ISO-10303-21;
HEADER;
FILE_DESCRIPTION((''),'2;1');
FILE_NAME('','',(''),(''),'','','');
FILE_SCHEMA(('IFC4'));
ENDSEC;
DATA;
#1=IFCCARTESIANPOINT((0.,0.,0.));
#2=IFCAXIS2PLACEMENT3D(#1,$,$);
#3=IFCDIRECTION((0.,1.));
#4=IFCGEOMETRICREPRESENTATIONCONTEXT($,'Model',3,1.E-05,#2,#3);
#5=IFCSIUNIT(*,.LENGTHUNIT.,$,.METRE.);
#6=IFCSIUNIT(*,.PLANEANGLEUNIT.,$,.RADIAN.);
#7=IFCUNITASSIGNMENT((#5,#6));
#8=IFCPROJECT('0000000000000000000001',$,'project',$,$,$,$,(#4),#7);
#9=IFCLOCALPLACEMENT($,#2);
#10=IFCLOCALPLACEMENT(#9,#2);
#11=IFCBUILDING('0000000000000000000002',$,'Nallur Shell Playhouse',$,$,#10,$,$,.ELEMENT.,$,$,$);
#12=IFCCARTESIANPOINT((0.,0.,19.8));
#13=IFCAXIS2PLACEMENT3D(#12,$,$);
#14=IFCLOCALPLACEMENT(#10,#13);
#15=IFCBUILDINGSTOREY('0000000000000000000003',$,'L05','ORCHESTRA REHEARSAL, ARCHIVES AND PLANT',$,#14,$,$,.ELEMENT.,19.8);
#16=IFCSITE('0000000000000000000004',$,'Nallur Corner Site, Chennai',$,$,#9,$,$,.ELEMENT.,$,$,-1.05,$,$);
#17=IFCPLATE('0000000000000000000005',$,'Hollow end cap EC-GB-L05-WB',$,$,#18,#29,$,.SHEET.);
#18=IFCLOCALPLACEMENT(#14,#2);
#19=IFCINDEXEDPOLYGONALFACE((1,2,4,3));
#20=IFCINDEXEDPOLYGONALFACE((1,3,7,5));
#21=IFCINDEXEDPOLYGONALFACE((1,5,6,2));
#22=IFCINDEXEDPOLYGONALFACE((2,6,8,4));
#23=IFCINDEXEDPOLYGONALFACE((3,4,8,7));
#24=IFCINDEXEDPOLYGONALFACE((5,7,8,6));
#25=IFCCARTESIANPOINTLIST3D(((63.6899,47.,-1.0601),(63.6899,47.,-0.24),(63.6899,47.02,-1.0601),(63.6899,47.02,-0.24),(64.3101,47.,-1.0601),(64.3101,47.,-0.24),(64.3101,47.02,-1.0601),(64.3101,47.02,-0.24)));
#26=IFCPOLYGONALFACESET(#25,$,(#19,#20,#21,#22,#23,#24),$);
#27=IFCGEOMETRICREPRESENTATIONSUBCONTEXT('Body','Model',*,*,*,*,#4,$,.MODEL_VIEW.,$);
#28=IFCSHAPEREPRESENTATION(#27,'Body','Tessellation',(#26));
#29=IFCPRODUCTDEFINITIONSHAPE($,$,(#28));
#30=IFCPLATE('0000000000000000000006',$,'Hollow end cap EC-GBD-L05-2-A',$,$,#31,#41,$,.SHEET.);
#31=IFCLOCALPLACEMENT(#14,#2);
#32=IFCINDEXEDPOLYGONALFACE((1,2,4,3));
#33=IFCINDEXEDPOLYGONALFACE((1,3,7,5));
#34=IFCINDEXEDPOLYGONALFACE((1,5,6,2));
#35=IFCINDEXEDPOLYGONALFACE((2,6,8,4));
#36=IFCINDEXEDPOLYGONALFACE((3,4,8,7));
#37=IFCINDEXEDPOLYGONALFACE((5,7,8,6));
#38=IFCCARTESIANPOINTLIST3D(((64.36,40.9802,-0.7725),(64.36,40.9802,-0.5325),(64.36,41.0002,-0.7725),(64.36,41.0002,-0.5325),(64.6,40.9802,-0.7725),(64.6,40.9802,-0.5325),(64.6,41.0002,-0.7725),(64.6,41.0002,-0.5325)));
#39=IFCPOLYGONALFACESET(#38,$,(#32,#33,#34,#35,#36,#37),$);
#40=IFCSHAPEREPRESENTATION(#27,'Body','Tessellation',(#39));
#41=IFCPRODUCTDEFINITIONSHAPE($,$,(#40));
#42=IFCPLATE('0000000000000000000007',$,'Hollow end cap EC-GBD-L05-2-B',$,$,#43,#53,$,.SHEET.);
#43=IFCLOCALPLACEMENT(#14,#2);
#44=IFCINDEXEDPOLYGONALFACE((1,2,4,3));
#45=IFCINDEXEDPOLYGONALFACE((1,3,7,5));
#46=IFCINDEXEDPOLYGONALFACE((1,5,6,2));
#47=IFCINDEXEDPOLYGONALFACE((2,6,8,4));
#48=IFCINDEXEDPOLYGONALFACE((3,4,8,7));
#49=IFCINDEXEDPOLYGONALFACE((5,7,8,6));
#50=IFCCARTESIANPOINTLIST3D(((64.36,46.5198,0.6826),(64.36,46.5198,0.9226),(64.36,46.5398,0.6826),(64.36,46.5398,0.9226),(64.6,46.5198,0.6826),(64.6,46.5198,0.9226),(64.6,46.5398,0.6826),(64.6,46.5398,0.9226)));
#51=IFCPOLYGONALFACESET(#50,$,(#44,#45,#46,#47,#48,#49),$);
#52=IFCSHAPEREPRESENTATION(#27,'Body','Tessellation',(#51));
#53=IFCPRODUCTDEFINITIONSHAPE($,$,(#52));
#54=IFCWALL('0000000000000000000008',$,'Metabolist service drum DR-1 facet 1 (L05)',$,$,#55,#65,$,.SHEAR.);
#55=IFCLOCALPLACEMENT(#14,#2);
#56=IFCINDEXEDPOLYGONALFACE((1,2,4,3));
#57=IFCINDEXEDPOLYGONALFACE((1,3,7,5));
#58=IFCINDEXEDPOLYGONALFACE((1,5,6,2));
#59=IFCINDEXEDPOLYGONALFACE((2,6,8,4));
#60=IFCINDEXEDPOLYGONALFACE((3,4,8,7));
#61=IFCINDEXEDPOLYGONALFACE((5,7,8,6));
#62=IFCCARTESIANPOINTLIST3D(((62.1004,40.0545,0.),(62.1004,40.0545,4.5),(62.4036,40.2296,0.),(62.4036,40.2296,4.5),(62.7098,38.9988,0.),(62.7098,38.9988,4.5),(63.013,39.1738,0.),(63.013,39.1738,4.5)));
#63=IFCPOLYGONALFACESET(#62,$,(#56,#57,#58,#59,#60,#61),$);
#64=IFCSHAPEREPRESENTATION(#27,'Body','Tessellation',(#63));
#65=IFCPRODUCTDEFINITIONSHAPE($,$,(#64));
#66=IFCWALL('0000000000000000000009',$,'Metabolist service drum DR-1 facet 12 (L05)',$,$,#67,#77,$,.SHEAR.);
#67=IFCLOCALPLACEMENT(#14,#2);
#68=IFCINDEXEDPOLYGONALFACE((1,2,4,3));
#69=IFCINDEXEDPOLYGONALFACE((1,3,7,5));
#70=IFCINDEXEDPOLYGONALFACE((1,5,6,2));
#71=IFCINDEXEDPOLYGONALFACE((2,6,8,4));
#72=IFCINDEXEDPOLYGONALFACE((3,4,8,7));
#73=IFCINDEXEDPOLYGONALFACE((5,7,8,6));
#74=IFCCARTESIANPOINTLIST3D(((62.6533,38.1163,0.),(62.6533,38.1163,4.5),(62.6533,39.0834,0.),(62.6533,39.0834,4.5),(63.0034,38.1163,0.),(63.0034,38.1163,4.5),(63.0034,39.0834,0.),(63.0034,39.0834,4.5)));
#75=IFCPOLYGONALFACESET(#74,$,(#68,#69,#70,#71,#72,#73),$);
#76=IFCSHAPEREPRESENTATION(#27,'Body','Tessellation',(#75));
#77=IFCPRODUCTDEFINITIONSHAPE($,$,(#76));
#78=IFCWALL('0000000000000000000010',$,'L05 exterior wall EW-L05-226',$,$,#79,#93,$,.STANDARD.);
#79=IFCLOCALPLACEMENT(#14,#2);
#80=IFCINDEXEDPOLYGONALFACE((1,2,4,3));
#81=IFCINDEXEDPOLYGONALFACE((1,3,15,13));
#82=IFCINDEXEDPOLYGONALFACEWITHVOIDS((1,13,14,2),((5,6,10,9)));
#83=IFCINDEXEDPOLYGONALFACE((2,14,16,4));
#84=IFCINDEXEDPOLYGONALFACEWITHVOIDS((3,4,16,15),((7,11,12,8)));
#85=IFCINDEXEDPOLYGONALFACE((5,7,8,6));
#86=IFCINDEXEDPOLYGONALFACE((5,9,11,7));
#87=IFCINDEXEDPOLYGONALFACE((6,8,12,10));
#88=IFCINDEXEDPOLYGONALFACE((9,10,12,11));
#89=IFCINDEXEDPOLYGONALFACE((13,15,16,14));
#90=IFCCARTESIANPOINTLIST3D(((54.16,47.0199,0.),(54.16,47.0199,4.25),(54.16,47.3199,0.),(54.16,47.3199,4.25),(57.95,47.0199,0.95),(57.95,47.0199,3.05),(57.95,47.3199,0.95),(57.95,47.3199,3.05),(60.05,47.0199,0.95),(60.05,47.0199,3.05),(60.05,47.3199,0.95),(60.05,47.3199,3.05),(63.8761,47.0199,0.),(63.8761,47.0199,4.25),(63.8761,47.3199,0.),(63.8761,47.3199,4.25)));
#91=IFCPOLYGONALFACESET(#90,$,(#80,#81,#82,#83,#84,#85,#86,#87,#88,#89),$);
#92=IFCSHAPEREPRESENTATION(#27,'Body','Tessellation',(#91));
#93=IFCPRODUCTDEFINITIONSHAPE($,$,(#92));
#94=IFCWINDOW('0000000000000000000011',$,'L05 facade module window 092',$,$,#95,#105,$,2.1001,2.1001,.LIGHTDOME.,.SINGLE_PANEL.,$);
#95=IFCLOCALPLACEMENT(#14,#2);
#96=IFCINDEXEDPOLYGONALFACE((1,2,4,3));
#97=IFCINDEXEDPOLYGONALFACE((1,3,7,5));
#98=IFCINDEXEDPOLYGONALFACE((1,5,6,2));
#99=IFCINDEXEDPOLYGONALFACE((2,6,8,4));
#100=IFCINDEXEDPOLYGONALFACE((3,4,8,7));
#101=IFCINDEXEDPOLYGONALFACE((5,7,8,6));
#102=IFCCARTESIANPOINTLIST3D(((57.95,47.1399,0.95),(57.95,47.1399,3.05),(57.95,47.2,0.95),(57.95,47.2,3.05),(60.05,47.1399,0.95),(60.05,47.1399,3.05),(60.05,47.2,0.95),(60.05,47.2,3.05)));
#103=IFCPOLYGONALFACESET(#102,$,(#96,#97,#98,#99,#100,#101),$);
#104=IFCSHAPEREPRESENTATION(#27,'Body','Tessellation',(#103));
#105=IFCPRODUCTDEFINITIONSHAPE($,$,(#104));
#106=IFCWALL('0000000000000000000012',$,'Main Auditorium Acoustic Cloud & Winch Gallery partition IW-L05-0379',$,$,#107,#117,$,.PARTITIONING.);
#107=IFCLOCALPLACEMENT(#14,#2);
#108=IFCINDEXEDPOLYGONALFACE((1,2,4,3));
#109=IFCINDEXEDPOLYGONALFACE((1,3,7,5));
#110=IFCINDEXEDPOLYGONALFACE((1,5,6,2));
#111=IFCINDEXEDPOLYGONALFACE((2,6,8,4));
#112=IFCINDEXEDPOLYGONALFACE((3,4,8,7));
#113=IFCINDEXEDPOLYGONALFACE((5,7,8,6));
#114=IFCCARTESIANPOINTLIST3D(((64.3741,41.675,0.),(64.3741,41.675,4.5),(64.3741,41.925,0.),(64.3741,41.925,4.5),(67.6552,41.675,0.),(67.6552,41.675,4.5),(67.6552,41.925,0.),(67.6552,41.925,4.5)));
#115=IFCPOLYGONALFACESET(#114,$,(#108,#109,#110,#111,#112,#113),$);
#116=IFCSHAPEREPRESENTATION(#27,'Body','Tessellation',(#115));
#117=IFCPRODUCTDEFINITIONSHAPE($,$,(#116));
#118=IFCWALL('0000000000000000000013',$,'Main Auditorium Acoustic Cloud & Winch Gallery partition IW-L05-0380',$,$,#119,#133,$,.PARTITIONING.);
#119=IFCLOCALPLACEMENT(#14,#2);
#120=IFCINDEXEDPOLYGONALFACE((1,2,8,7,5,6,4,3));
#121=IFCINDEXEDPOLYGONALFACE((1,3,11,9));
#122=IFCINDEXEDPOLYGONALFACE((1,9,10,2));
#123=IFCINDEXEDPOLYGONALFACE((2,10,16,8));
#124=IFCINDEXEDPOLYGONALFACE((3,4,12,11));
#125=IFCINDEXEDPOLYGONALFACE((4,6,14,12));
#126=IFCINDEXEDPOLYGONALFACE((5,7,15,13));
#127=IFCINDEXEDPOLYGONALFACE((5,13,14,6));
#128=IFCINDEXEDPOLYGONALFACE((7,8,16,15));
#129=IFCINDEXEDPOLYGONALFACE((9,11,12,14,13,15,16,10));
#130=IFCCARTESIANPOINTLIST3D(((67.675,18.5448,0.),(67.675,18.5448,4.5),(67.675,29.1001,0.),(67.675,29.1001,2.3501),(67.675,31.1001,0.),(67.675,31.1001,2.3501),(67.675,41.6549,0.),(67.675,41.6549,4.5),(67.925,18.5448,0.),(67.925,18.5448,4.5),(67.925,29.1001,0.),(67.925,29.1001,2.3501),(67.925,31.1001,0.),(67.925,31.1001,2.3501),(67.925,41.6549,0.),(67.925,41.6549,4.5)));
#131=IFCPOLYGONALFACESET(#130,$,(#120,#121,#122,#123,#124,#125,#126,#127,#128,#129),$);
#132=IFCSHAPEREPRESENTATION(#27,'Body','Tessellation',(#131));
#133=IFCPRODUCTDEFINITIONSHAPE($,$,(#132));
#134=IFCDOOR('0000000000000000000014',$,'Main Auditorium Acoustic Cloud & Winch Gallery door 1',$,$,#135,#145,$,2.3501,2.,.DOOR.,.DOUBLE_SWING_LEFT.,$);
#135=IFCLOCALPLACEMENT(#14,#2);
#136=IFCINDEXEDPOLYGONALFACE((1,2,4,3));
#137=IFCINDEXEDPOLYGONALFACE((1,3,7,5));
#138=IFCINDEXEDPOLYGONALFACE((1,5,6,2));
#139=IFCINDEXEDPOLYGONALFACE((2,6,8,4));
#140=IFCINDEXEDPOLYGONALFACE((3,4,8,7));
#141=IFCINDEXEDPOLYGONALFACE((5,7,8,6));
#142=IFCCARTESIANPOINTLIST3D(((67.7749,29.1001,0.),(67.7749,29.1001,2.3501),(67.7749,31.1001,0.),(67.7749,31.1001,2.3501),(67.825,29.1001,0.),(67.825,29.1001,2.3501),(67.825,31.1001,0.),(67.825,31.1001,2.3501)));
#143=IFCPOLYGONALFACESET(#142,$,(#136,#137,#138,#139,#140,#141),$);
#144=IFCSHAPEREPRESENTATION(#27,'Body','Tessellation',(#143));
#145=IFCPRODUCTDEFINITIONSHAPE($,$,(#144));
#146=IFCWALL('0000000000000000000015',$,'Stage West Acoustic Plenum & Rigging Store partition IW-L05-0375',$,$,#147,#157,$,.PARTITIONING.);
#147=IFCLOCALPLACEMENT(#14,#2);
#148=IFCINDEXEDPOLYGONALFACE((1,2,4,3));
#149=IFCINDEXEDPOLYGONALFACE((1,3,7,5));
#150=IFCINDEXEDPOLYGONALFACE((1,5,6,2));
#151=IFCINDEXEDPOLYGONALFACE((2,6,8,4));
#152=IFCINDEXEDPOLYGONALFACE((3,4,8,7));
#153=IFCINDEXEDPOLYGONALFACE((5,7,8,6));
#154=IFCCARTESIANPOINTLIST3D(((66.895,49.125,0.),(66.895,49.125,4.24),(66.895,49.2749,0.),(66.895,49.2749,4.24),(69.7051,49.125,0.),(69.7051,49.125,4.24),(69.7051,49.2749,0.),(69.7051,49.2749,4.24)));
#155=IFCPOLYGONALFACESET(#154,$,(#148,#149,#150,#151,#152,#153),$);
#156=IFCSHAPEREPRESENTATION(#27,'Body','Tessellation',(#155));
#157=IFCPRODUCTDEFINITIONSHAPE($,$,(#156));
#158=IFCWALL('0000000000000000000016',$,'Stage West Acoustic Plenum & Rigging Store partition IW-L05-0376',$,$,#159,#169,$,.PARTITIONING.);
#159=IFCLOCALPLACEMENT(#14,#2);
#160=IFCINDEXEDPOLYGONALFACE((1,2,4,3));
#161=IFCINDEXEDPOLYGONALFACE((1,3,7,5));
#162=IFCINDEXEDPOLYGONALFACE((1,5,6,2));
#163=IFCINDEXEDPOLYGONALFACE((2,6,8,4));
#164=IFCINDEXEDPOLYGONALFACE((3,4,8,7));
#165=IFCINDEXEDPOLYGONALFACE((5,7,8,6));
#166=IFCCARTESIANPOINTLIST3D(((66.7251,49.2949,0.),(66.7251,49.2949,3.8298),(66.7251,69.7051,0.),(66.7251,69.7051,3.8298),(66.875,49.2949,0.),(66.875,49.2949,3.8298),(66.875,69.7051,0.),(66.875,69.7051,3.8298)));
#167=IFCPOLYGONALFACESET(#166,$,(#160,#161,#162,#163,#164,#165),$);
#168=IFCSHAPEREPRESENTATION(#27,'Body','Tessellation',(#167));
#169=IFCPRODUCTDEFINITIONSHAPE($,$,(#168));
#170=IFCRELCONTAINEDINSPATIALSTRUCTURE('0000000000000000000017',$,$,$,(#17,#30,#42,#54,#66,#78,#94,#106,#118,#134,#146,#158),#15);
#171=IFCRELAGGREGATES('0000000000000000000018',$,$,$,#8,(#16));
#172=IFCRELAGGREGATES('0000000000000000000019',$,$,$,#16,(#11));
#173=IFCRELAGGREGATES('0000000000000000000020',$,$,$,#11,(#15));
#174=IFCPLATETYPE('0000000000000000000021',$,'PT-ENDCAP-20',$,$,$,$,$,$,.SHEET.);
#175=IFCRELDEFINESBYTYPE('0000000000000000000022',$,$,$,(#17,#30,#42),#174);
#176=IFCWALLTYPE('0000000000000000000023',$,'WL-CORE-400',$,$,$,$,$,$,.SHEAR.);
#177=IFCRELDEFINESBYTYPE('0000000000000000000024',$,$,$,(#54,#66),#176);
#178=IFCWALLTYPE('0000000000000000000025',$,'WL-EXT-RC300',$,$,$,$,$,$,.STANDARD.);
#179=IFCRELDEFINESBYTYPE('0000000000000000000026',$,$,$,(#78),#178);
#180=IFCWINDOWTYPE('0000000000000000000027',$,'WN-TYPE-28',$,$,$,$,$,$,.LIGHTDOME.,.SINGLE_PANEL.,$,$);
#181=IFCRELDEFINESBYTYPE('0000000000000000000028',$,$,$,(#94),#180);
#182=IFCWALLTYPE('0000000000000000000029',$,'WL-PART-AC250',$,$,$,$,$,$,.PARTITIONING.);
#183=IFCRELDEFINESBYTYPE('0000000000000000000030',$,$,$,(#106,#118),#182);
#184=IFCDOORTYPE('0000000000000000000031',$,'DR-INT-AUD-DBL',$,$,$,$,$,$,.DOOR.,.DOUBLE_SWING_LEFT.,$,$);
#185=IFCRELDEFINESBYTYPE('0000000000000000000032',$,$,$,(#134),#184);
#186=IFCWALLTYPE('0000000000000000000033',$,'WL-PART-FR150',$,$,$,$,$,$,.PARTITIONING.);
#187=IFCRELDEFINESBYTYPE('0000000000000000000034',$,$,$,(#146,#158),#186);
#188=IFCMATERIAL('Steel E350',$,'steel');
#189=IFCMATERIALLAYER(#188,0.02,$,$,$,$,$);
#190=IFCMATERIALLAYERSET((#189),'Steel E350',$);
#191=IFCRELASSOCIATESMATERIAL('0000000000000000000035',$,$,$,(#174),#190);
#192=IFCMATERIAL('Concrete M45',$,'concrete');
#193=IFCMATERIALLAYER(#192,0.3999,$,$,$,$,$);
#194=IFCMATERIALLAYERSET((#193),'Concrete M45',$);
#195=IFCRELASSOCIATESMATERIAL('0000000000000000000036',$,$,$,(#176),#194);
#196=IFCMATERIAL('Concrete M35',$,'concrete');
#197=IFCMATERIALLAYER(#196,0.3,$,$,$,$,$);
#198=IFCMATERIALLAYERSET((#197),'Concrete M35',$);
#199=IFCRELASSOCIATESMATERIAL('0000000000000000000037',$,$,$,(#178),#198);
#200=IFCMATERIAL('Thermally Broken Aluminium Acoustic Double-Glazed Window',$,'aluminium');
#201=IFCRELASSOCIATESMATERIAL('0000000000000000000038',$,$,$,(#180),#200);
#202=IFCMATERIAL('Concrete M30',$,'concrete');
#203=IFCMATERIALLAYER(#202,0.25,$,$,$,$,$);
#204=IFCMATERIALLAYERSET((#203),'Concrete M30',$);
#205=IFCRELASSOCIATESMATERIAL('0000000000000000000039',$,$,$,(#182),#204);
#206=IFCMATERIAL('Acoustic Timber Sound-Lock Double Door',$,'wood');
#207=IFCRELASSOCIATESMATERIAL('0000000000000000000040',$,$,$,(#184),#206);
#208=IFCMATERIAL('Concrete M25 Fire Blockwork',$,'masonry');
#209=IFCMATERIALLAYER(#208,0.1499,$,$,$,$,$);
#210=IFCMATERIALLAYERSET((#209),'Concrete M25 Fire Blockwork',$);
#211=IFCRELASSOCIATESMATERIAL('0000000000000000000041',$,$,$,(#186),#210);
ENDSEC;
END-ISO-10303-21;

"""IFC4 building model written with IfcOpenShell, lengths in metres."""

from ifc_helpers import new_model, si_unit, direction, frame, frame_2d, origin, origin_2d, place, context, subcontext, project, spatial, rectangle, extrude, material, layer, layer_set, type_object, element, fill, save


model = new_model("IFC4")

# Units and contexts
model_context = context("Model", 3, precision=1e-05, world=origin(), true_north=direction((0.0, 1.0)))
body_context = subcontext(model_context, "Body", "Model", "MODEL_VIEW")
ifc_project = project(units=[si_unit("LENGTHUNIT", "METRE"), si_unit("PLANEANGLEUNIT", "RADIAN")], contexts=[model_context])

# Site, building, storey
site_placement = place(None, origin())
site = spatial("IfcSite", under=ifc_project, at=site_placement, Name="Nallur Corner Site, Chennai", CompositionType="ELEMENT", RefElevation=-1.05)
building_placement = place(site_placement, origin())
building = spatial("IfcBuilding", under=site, at=building_placement, Name="Nallur Shell Playhouse", CompositionType="ELEMENT")
storey_placement = place(building_placement, frame((0.0, 0.0, 19.8)))
storey = spatial("IfcBuildingStorey", under=building, at=storey_placement, Name="L05", Description="ORCHESTRA REHEARSAL, ARCHIVES AND PLANT", CompositionType="ELEMENT", Elevation=19.8)

# Shared definitions
ifc_material_1 = material(Name="Steel E350", Category="steel")

# Shared definitions
ifc_material_2 = material(Name="Concrete M30", Category="concrete")

# Plates
ifc_layer_1 = layer(ifc_material_1, 0.02)
ifc_layer_set_1 = layer_set([ifc_layer_1], Name="Steel E350")
plate_type = type_object("IfcPlateType", Name="PT-ENDCAP-20", PredefinedType="SHEET", material=ifc_layer_set_1)
plate_1_placement = place(storey_placement, frame((64.0, 47.01, -1.0601), z_axis=(0.0, 0.0, 1.0), x_axis=(1.0, 0.0, 0.0)))
element("IfcPlate", 1, at=plate_1_placement, inside=storey, type_object=plate_type, Name="Hollow end cap EC-GB-L05-WB", PredefinedType="SHEET", context=body_context, shape_type="SweptSolid", body=[
    extrude(rectangle(XDim=0.6201, YDim=0.02, at=origin_2d()), origin(), (0.0, 0.0, 1.0), 0.8201),
])
for number, where, z_axis, x_axis, name in (
    (2, (64.48, 40.9902, -0.7725), (0.0, 0.0, 1.0), (1.0, 0.0, 0.0), "Hollow end cap EC-GBD-L05-2-A"),
    (3, (64.48, 46.5298, 0.6826), (0.0, 0.0, 1.0), (1.0, 0.0, 0.0), "Hollow end cap EC-GBD-L05-2-B"),
):
    element("IfcPlate", number, at=place(storey_placement, frame(where, z_axis=z_axis, x_axis=x_axis)), inside=storey, type_object=plate_type, Name=name, PredefinedType="SHEET", context=body_context, shape_type="SweptSolid", body=[
        extrude(rectangle(XDim=0.24, YDim=0.02, at=origin_2d()), origin(), (0.0, 0.0, 1.0), 0.24),
    ])

# Walls
ifc_material_3 = material(Name="Concrete M45", Category="concrete")
ifc_layer_2 = layer(ifc_material_3, 0.3999)
ifc_layer_set_2 = layer_set([ifc_layer_2], Name="Concrete M45")
wall_type_1 = type_object("IfcWallType", Name="WL-CORE-400", PredefinedType="SHEAR", material=ifc_layer_set_2)
wall_1_placement = place(storey_placement, frame((62.8613, 39.0864, 0.0), z_axis=(0.0, 0.0, 1.0), x_axis=(-0.499931, 0.866066, 0.0)))
element("IfcWall", 4, at=wall_1_placement, inside=storey, type_object=wall_type_1, Name="Metabolist service drum DR-1 facet 1 (L05)", PredefinedType="SHEAR", context=body_context, shape_type="SweptSolid", body=[
    extrude(rectangle(XDim=1.219, YDim=0.3501, at=frame_2d((0.6094, 0.0))), origin(), (0.0, 0.0, 1.0), 4.5),
])
wall_2_placement = place(storey_placement, frame((62.8284, 38.1165, 0.0), z_axis=(0.0, 0.0, 1.0), x_axis=(0.0, 1.0, 0.0)))
element("IfcWall", 5, at=wall_2_placement, inside=storey, type_object=wall_type_1, Name="Metabolist service drum DR-1 facet 12 (L05)", PredefinedType="SHEAR", context=body_context, shape_type="SweptSolid", body=[
    extrude(rectangle(XDim=0.967, YDim=0.3501, at=frame_2d((0.4834, 0.0))), origin(), (0.0, 0.0, 1.0), 4.5),
])

# Wall, opening, window
ifc_material_4 = material(Name="Concrete M35", Category="concrete")
ifc_layer_3 = layer(ifc_material_4, 0.3)
ifc_layer_set_3 = layer_set([ifc_layer_3], Name="Concrete M35")
wall_type_2 = type_object("IfcWallType", Name="WL-EXT-RC300", PredefinedType="STANDARD", material=ifc_layer_set_3)
wall_3_placement = place(storey_placement, frame((63.876, 47.1699, 0.0), z_axis=(0.0, 0.0, 1.0), x_axis=(-1.0, 0.0, 0.0)))
wall_3 = element("IfcWall", 6, at=wall_3_placement, inside=storey, type_object=wall_type_2, Name="L05 exterior wall EW-L05-226", PredefinedType="STANDARD", context=body_context, shape_type="SweptSolid", body=[
    extrude(rectangle(XDim=9.7161, YDim=0.3, at=frame_2d((4.8579, 0.0))), origin(), (0.0, 0.0, 1.0), 4.25),
])
opening_1_placement = place(wall_3_placement, frame((3.8259, 0.0, 0.95)))
opening_1 = element("IfcOpeningElement", 7, at=opening_1_placement, cuts=wall_3, PredefinedType="OPENING", context=body_context, shape_type="SweptSolid", body=[
    extrude(rectangle(XDim=2.1001, YDim=2.1001, at=frame_2d((1.05, 1.05))), frame((0.0, 0.1602, 0.0), z_axis=(0.0, -1.0, 0.0), x_axis=(1.0, 0.0, 0.0)), (0.0, 0.0, 1.0), 0.3201),
])
ifc_material_5 = material(Name="Thermally Broken Aluminium Acoustic Double-Glazed Window", Category="aluminium")
window_type = type_object("IfcWindowType", Name="WN-TYPE-28", PartitioningType="SINGLE_PANEL", PredefinedType="LIGHTDOME", material=ifc_material_5)
window_placement = place(opening_1_placement, origin())
window = element("IfcWindow", 8, at=window_placement, inside=storey, type_object=window_type, Name="L05 facade module window 092", OverallHeight=2.1001, OverallWidth=2.1001, PartitioningType="SINGLE_PANEL", PredefinedType="LIGHTDOME", context=body_context, shape_type="SweptSolid", body=[
    extrude(rectangle(XDim=2.1001, YDim=2.1001, at=frame_2d((1.05, 1.05))), frame((0.0, 0.03, 0.0), z_axis=(0.0, -1.0, 0.0), x_axis=(1.0, 0.0, 0.0)), (0.0, 0.0, 1.0), 0.0601),
])
fill(opening_1, window)

# Wall
ifc_layer_4 = layer(ifc_material_2, 0.25)
ifc_layer_set_4 = layer_set([ifc_layer_4], Name="Concrete M30")
wall_type_3 = type_object("IfcWallType", Name="WL-PART-AC250", PredefinedType="PARTITIONING", material=ifc_layer_set_4)
wall_4_placement = place(storey_placement, frame((64.374, 41.8, 0.0), z_axis=(0.0, 0.0, 1.0), x_axis=(1.0, 0.0, 0.0)))
element("IfcWall", 9, at=wall_4_placement, inside=storey, type_object=wall_type_3, Name="Main Auditorium Acoustic Cloud & Winch Gallery partition IW-L05-0379", PredefinedType="PARTITIONING", context=body_context, shape_type="SweptSolid", body=[
    extrude(rectangle(XDim=3.281, YDim=0.25, at=frame_2d((1.6406, 0.0))), origin(), (0.0, 0.0, 1.0), 4.5),
])

# Wall, opening, door
wall_5_placement = place(storey_placement, frame((67.8, 41.655, 0.0), z_axis=(0.0, 0.0, 1.0), x_axis=(0.0, -1.0, 0.0)))
wall_5 = element("IfcWall", 10, at=wall_5_placement, inside=storey, type_object=wall_type_3, Name="Main Auditorium Acoustic Cloud & Winch Gallery partition IW-L05-0380", PredefinedType="PARTITIONING", context=body_context, shape_type="SweptSolid", body=[
    extrude(rectangle(XDim=23.1101, YDim=0.25, at=frame_2d((11.5552, 0.0))), origin(), (0.0, 0.0, 1.0), 4.5),
])
opening_2_placement = place(wall_5_placement, frame((10.5549, 0.0, 0.0)))
opening_2 = element("IfcOpeningElement", 11, at=opening_2_placement, cuts=wall_5, PredefinedType="OPENING", context=body_context, shape_type="SweptSolid", body=[
    extrude(rectangle(XDim=2.0, YDim=2.3501, at=frame_2d((1.0, 1.175))), frame((0.0, 0.135, 0.0), z_axis=(0.0, -1.0, 0.0), x_axis=(1.0, 0.0, 0.0)), (0.0, 0.0, 1.0), 0.27),
])
ifc_material_6 = material(Name="Acoustic Timber Sound-Lock Double Door", Category="wood")
door_type = type_object("IfcDoorType", Name="DR-INT-AUD-DBL", OperationType="DOUBLE_SWING_LEFT", PredefinedType="DOOR", material=ifc_material_6)
door_placement = place(opening_2_placement, origin())
door = element("IfcDoor", 12, at=door_placement, inside=storey, type_object=door_type, Name="Main Auditorium Acoustic Cloud & Winch Gallery door 1", OperationType="DOUBLE_SWING_LEFT", OverallHeight=2.3501, OverallWidth=2.0, PredefinedType="DOOR", context=body_context, shape_type="SweptSolid", body=[
    extrude(rectangle(XDim=2.0, YDim=2.3501, at=frame_2d((1.0, 1.175))), frame((0.0, 0.0249, 0.0), z_axis=(0.0, -1.0, 0.0), x_axis=(1.0, 0.0, 0.0)), (0.0, 0.0, 1.0), 0.05),
])
fill(opening_2, door)

# Walls
ifc_material_7 = material(Name="Concrete M25 Fire Blockwork", Category="masonry")
ifc_layer_5 = layer(ifc_material_7, 0.1499)
ifc_layer_set_5 = layer_set([ifc_layer_5], Name="Concrete M25 Fire Blockwork")
wall_type_4 = type_object("IfcWallType", Name="WL-PART-FR150", PredefinedType="PARTITIONING", material=ifc_layer_set_5)
wall_6_placement = place(storey_placement, frame((69.7051, 49.2, 0.0), z_axis=(0.0, 0.0, 1.0), x_axis=(-1.0, 0.0, 0.0)))
element("IfcWall", 13, at=wall_6_placement, inside=storey, type_object=wall_type_4, Name="Stage West Acoustic Plenum & Rigging Store partition IW-L05-0375", PredefinedType="PARTITIONING", context=body_context, shape_type="SweptSolid", body=[
    extrude(rectangle(XDim=2.8101, YDim=0.1499, at=frame_2d((1.405, 0.0))), origin(), (0.0, 0.0, 1.0), 4.24),
])
wall_7_placement = place(storey_placement, frame((66.8, 49.2949, 0.0), z_axis=(0.0, 0.0, 1.0), x_axis=(0.0, 1.0, 0.0)))
element("IfcWall", 14, at=wall_7_placement, inside=storey, type_object=wall_type_4, Name="Stage West Acoustic Plenum & Rigging Store partition IW-L05-0376", PredefinedType="PARTITIONING", context=body_context, shape_type="SweptSolid", body=[
    extrude(rectangle(XDim=20.4102, YDim=0.1499, at=frame_2d((10.2051, 0.0))), origin(), (0.0, 0.0, 1.0), 3.8298),
])

save(model, "model.ifc")
